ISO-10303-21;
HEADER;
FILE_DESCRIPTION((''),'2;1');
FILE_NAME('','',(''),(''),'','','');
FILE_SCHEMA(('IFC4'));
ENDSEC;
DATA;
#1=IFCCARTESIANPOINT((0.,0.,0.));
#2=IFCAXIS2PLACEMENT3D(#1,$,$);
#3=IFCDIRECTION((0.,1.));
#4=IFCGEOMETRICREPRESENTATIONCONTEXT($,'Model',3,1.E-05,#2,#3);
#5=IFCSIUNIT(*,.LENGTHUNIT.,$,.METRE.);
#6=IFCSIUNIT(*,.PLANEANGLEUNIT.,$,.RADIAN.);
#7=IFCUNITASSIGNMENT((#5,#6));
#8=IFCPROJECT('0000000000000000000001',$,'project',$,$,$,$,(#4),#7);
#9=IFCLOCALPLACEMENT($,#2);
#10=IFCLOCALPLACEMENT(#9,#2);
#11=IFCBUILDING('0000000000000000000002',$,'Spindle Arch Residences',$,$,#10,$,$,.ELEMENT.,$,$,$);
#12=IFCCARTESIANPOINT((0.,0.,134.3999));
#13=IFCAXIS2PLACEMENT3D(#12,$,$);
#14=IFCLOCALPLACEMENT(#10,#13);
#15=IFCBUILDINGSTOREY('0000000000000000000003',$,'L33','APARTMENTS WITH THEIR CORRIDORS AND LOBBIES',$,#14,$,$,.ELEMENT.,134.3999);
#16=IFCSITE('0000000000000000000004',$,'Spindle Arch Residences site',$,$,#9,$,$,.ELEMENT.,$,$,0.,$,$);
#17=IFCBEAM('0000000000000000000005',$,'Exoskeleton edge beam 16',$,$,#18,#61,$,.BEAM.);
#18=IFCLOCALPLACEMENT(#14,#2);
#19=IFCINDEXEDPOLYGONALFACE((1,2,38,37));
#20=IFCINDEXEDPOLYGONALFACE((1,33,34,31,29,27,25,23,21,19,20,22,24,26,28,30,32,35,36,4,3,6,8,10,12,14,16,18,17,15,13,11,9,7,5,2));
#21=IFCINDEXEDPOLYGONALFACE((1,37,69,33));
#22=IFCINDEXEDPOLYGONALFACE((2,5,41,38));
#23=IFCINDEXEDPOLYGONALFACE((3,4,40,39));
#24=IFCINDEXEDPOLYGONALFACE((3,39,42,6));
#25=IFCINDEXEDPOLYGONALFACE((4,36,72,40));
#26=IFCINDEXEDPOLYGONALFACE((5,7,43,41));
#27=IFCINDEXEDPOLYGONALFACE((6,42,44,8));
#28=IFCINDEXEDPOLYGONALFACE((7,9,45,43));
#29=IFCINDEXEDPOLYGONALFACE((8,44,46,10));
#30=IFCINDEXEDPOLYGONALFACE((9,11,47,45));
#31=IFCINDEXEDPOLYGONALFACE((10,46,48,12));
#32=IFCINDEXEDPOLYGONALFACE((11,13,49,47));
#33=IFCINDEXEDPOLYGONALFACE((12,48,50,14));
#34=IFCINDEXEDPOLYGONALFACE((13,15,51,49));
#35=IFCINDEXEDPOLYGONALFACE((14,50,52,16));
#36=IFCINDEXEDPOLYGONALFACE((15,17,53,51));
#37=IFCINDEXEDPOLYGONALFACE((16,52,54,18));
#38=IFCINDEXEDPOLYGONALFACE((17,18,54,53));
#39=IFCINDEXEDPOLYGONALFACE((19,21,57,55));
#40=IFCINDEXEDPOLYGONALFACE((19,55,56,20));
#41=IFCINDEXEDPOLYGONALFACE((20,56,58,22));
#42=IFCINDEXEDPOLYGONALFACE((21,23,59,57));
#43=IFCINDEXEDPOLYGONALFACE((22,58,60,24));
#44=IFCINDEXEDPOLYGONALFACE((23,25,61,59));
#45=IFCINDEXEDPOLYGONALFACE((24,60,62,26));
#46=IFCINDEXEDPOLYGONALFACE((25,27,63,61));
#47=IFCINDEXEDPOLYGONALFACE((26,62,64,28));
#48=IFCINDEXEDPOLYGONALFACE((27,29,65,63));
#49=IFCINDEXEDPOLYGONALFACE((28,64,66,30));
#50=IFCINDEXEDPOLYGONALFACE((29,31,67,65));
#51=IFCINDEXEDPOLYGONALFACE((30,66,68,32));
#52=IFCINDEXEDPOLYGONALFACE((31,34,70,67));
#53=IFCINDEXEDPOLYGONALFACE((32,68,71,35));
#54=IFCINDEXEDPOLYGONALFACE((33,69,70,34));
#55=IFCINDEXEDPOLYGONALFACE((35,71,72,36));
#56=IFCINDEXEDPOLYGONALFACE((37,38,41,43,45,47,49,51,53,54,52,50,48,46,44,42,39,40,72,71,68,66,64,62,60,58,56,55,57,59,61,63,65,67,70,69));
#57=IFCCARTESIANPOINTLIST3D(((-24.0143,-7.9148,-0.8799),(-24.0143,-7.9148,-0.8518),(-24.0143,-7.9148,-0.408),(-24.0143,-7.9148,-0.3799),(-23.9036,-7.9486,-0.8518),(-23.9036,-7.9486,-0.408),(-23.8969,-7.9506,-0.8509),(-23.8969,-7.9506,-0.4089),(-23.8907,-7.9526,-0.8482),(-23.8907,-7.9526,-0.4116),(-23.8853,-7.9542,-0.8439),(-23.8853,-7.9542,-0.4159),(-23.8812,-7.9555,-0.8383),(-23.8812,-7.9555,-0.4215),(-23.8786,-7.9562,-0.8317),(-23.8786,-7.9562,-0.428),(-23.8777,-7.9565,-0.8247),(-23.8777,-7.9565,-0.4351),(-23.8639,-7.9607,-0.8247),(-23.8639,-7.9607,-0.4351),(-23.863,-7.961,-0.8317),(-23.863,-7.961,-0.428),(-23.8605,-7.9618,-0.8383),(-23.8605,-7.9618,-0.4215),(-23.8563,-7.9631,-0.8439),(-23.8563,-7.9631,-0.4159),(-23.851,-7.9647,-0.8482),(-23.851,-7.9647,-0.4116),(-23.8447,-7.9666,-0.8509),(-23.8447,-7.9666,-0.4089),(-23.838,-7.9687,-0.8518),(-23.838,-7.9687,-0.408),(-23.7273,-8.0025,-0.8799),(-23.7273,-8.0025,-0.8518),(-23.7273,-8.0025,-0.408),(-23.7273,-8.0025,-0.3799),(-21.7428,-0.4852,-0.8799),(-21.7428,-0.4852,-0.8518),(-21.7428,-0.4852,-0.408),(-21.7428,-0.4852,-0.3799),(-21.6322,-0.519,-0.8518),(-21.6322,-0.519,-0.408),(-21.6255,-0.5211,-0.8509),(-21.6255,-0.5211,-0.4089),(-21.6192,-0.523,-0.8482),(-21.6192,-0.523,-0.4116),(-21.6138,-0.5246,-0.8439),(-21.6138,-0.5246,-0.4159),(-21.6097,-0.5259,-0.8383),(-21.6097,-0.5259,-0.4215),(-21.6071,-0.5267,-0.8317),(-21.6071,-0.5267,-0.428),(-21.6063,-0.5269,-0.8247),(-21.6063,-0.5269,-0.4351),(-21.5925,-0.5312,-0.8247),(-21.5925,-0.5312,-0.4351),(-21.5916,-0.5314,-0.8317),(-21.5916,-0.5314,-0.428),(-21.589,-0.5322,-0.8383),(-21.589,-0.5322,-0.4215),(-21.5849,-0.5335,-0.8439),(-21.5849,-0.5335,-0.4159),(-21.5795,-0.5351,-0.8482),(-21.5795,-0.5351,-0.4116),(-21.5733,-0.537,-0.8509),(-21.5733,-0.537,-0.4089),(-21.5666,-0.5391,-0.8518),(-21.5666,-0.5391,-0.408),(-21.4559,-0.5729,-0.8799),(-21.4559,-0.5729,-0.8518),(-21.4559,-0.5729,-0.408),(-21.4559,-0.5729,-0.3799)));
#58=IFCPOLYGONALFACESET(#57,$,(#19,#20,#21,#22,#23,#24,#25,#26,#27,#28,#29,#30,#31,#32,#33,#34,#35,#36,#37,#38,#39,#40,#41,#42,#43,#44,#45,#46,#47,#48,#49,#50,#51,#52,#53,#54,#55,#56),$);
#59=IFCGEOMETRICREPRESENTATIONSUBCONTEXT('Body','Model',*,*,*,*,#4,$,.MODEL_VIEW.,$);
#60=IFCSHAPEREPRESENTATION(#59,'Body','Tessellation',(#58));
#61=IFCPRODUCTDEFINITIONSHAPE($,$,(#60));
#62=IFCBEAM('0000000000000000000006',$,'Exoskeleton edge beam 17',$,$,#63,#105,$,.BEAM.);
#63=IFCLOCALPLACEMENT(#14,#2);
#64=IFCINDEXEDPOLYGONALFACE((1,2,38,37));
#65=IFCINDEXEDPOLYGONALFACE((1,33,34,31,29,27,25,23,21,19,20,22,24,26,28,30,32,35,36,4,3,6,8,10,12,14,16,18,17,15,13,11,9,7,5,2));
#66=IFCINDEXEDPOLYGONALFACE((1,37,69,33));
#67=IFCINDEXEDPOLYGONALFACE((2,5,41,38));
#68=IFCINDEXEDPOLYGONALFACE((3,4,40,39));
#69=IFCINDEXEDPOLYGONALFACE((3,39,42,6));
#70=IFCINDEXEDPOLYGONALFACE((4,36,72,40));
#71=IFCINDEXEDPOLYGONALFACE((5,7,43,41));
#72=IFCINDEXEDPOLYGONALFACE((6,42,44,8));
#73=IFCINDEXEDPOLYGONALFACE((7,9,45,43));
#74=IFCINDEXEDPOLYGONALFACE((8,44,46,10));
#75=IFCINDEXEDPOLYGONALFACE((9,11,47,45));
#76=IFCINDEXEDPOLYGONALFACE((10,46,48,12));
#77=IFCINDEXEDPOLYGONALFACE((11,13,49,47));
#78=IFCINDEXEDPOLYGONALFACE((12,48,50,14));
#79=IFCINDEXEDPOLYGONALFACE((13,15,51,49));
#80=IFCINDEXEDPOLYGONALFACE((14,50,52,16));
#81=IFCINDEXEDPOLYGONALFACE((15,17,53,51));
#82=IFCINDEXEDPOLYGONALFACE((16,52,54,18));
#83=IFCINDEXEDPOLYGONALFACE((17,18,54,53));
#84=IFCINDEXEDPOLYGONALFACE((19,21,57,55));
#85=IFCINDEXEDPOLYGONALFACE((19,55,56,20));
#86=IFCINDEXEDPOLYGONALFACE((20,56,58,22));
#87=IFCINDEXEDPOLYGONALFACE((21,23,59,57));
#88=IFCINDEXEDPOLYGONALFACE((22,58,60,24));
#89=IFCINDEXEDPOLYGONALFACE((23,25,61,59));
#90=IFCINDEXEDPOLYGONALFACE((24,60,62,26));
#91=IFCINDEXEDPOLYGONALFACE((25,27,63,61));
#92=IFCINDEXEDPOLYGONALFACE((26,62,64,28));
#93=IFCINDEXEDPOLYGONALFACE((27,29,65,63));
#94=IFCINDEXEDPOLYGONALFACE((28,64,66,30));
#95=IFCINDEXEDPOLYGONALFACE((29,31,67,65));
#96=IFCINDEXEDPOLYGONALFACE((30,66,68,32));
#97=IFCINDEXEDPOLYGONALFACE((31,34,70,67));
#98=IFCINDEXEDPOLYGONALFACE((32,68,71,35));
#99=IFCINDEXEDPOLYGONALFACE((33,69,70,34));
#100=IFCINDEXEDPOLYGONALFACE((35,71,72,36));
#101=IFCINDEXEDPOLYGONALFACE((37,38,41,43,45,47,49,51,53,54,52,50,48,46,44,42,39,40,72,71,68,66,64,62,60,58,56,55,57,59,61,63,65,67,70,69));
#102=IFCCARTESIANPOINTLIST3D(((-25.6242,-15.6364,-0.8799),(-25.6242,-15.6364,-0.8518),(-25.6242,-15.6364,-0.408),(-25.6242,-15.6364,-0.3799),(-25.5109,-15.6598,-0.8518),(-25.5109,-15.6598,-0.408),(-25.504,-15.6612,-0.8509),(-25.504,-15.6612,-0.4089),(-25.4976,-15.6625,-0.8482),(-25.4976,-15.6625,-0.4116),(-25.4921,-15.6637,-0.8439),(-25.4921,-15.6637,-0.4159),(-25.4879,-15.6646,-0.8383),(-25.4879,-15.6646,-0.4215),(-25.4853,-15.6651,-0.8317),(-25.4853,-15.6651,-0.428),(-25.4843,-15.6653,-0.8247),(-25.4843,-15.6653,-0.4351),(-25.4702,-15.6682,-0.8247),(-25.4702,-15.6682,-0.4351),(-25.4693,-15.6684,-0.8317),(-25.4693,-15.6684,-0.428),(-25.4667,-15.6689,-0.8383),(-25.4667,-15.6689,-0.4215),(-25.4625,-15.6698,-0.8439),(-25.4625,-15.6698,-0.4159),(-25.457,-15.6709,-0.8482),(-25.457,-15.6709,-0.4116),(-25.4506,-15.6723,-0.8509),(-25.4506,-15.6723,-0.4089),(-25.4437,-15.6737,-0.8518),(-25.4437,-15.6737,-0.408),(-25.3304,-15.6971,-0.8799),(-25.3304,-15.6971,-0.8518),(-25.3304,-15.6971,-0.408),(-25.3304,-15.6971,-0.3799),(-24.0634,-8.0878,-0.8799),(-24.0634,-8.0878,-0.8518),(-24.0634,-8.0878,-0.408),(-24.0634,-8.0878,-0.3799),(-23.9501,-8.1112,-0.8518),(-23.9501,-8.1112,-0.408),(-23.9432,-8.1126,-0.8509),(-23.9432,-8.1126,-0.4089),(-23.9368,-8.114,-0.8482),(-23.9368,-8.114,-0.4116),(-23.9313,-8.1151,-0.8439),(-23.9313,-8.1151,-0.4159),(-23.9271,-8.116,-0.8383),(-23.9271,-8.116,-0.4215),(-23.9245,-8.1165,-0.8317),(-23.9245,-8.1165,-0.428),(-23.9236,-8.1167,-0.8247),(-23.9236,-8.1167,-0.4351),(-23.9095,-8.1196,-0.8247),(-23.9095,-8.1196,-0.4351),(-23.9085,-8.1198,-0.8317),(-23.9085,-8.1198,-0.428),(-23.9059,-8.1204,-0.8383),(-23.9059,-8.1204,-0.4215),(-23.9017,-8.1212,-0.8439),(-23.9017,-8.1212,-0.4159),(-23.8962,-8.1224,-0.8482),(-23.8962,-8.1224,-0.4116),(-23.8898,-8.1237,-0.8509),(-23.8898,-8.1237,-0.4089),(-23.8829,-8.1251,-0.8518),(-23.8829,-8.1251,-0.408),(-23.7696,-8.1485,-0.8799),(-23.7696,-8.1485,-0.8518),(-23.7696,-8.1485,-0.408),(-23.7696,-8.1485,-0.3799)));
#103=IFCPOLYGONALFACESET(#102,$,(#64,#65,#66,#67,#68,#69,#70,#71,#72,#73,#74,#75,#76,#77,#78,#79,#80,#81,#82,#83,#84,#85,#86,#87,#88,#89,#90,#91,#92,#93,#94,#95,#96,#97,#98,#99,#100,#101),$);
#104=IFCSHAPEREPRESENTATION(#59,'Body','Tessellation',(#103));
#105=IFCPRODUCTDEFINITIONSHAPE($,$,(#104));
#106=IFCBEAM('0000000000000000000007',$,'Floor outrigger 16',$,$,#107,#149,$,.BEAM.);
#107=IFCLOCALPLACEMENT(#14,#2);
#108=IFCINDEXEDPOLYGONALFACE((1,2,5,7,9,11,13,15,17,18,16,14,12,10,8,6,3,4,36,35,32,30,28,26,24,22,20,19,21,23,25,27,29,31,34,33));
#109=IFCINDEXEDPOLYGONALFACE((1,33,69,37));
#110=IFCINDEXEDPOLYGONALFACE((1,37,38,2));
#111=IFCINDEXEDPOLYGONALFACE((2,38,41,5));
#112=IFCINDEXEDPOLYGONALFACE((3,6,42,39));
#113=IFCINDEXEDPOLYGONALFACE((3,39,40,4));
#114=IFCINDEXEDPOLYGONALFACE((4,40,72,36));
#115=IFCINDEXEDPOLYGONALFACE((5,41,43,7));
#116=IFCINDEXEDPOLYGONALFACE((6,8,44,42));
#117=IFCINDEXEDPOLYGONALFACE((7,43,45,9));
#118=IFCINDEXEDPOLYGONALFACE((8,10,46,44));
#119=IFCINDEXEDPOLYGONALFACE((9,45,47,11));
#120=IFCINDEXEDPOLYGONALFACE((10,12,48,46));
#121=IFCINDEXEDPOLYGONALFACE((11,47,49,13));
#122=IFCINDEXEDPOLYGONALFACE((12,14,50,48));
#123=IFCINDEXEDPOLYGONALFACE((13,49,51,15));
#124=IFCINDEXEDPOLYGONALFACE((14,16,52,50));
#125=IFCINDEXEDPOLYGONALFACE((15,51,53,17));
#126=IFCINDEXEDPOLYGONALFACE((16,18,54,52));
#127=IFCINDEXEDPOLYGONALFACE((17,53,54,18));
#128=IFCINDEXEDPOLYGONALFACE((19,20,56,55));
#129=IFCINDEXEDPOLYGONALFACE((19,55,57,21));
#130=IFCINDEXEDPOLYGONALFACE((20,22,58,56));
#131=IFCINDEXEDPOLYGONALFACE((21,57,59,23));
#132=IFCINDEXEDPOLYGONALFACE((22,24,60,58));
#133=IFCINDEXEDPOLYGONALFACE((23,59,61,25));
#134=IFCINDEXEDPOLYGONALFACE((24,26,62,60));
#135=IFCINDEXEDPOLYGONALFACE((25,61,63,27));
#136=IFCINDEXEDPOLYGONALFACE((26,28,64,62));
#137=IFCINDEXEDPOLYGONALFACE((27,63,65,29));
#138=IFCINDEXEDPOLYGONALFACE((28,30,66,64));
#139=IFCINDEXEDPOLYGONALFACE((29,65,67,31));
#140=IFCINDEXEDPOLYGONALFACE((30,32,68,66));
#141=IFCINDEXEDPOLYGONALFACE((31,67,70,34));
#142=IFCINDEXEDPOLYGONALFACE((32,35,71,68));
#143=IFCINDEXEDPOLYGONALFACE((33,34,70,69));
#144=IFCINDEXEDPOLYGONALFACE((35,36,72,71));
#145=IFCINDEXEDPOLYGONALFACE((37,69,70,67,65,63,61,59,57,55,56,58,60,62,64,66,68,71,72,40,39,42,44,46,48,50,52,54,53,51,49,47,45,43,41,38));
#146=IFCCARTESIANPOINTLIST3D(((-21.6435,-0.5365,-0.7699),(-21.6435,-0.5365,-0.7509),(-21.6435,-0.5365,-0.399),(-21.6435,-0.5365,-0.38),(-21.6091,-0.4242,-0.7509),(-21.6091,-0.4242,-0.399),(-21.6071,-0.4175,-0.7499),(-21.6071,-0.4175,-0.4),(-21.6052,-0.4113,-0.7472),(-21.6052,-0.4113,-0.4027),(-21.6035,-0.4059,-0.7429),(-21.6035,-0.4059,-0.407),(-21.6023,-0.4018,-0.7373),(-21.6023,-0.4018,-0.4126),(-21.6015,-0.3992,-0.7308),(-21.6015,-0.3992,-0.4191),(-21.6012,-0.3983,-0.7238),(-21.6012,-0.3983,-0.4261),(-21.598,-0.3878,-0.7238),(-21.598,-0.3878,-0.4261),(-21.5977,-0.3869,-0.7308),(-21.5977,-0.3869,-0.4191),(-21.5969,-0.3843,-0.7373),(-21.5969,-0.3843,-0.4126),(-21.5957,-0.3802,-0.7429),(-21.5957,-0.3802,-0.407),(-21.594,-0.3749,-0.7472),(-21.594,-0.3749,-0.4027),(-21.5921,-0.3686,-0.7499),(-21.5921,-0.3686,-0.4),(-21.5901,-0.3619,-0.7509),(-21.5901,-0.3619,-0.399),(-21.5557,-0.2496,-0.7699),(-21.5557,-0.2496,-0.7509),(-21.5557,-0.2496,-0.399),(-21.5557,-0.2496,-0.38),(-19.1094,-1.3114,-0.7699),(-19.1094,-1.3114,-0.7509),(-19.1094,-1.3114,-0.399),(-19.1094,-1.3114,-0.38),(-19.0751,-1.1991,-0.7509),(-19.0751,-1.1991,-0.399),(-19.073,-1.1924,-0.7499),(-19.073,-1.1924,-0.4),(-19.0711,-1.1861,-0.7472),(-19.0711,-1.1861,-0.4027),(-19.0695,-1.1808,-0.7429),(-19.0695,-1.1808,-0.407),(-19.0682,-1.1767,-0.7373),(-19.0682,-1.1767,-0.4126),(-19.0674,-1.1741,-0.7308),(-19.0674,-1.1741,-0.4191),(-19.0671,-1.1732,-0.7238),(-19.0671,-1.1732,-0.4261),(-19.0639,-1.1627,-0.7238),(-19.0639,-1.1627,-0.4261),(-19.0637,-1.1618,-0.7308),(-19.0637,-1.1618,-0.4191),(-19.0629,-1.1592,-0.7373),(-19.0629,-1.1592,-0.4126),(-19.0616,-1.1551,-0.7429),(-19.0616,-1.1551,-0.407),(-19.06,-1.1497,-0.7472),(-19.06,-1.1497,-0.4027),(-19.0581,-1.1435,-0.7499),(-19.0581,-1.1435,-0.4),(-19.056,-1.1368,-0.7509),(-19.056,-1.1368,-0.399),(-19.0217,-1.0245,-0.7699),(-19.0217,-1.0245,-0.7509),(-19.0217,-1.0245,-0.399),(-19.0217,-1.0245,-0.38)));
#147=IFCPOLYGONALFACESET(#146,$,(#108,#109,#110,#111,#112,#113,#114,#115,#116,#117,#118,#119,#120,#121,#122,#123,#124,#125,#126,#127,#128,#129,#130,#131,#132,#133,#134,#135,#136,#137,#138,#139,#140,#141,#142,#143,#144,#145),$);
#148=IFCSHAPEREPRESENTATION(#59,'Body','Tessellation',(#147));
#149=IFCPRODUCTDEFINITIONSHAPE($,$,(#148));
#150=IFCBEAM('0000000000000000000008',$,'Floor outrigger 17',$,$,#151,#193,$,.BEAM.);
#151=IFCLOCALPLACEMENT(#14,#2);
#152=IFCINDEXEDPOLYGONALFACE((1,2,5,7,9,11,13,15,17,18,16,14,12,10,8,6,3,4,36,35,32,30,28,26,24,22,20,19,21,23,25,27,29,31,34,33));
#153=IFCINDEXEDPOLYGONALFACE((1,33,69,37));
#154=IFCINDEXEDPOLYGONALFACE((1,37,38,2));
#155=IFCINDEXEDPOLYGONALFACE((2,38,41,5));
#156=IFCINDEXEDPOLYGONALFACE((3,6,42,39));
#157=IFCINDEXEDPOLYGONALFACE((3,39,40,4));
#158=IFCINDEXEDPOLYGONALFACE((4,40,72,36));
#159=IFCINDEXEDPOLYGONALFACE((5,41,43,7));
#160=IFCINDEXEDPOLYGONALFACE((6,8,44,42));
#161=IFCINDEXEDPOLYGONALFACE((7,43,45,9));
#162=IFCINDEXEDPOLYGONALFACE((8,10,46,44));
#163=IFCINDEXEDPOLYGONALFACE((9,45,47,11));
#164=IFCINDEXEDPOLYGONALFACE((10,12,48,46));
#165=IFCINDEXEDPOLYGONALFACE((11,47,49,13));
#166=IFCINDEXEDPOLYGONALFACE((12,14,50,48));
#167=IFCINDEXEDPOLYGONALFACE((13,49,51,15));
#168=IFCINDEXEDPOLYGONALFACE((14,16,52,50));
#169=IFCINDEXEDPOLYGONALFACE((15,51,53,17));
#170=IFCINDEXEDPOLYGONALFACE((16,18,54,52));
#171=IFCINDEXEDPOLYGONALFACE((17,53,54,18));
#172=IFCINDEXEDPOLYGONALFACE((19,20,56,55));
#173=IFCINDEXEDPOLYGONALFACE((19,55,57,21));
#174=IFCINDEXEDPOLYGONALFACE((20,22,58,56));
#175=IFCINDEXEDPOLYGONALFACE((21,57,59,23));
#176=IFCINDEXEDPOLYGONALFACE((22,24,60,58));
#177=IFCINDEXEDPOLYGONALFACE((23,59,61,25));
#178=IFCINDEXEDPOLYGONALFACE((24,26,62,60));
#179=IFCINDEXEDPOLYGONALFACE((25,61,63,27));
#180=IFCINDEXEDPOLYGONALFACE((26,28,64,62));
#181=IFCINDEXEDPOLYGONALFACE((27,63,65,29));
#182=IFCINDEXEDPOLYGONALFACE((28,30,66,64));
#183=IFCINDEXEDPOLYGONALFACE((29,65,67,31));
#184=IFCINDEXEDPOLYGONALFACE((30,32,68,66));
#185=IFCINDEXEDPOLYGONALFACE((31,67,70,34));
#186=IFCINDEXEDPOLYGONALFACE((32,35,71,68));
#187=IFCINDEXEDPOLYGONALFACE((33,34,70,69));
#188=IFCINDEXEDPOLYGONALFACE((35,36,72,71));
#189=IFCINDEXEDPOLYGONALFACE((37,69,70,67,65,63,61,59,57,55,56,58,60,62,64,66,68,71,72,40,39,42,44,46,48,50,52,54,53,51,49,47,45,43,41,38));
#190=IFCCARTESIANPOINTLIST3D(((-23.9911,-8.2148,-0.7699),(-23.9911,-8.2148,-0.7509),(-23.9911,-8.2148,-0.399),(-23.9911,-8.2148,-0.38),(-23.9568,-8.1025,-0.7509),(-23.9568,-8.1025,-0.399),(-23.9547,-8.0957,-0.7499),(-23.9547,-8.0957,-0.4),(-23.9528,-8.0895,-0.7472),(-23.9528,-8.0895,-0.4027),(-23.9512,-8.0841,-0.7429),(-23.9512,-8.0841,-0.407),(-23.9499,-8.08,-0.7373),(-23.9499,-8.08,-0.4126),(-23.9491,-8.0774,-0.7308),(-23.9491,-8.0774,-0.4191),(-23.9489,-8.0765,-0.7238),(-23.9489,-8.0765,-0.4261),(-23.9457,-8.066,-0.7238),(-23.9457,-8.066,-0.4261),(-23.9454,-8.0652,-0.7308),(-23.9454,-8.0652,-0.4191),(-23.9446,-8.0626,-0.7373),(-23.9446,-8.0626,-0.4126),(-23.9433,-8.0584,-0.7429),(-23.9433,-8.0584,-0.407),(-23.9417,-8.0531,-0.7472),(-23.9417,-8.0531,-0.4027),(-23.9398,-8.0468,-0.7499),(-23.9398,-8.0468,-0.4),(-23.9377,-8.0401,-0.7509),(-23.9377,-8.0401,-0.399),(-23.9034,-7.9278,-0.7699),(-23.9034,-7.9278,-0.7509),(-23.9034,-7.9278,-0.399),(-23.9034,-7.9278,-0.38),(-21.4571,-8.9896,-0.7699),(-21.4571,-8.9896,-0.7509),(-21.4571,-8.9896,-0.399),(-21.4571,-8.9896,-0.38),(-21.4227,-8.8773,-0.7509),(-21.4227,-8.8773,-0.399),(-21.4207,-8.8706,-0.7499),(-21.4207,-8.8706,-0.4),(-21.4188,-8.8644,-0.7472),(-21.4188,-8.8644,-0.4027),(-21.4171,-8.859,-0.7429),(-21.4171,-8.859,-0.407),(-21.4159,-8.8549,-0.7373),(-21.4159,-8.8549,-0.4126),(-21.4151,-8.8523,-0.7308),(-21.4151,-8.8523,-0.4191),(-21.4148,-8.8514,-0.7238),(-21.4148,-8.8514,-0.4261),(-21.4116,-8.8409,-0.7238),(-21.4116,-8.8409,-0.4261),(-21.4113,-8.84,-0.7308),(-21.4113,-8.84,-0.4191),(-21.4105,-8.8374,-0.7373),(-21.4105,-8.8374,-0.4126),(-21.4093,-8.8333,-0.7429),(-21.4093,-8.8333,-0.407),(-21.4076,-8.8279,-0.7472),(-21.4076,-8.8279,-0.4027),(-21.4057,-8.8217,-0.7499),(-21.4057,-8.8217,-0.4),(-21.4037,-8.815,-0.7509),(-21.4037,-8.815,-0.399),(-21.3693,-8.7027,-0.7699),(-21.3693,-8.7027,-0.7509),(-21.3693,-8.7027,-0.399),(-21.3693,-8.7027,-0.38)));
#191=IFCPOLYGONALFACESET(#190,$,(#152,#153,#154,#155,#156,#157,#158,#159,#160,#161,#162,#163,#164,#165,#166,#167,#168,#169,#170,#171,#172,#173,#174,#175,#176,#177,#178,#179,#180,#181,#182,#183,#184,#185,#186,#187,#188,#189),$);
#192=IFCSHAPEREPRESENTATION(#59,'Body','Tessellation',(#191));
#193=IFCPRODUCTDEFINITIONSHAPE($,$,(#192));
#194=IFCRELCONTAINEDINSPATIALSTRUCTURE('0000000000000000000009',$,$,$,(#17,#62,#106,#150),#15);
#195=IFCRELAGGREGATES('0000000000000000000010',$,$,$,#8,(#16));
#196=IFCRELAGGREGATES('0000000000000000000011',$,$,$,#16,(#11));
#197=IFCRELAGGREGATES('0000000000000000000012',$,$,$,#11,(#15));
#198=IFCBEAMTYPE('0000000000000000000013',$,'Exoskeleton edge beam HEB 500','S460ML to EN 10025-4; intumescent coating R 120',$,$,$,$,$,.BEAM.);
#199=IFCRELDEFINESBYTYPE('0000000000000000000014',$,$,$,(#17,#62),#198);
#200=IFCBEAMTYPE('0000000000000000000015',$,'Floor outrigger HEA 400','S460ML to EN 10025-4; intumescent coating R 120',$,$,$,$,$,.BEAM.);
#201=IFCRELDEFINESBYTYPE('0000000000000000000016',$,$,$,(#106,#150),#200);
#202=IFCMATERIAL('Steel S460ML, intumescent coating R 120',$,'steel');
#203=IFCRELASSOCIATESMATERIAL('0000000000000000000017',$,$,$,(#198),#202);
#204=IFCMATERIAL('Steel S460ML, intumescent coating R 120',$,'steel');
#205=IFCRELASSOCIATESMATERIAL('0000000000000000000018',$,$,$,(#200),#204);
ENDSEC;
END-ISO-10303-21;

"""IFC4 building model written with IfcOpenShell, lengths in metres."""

from ifc_helpers import new_model, si_unit, direction, frame, origin, origin_2d, place, context, subcontext, project, spatial, i_section, extrude, material, material_profile, profile_set, type_object, element, save


model = new_model("IFC4")

# Units and contexts
model_context = context("Model", 3, precision=1e-05, world=origin(), true_north=direction((0.0, 1.0)))
body_context = subcontext(model_context, "Body", "Model", "MODEL_VIEW")
ifc_project = project(units=[si_unit("LENGTHUNIT", "METRE"), si_unit("PLANEANGLEUNIT", "RADIAN")], contexts=[model_context])

# Site, building, storey
site_placement = place(None, origin())
site = spatial("IfcSite", under=ifc_project, at=site_placement, Name="Spindle Arch Residences site", CompositionType="ELEMENT", RefElevation=0.0)
building_placement = place(site_placement, origin())
building = spatial("IfcBuilding", under=site, at=building_placement, Name="Spindle Arch Residences", CompositionType="ELEMENT")
storey_placement = place(building_placement, frame((0.0, 0.0, 134.3999)))
storey = spatial("IfcBuildingStorey", under=building, at=storey_placement, Name="L33", Description="APARTMENTS WITH THEIR CORRIDORS AND LOBBIES", CompositionType="ELEMENT", Elevation=134.3999)

# Beams
ifc_material_1 = material(Name="Steel S460ML, intumescent coating R 120", Category="steel")
ifc_material_profile_1 = material_profile(ifc_material_1, i_section(OverallWidth=0.3, OverallDepth=0.5, WebThickness=0.0144, FlangeThickness=0.0281, FilletRadius=0.0271, at=origin_2d()), Name="HEB 500")
ifc_profile_set_1 = profile_set([ifc_material_profile_1], Name="Steel S460ML, intumescent coating R 120")
beam_type_1 = type_object("IfcBeamType", Name="Exoskeleton edge beam HEB 500", Description="S460ML to EN 10025-4; intumescent coating R 120", PredefinedType="BEAM", material=ifc_profile_set_1)
beam_1_placement = place(storey_placement, frame((-21.5994, -0.5291, -0.6299), z_axis=(-0.292372, -0.956305, 0.0), x_axis=(0.956305, -0.292372, 0.0)))
element("IfcBeam", 1, at=beam_1_placement, inside=storey, type_object=beam_type_1, Name="Exoskeleton edge beam 16", PredefinedType="BEAM", context=body_context, shape_type="SweptSolid", body=[
    extrude(i_section(OverallWidth=0.3, OverallDepth=0.5, WebThickness=0.0144, FlangeThickness=0.0281, FilletRadius=0.0271, at=origin_2d()), origin(), (0.0, 0.0, 1.0), 7.769),
])
beam_2_placement = place(storey_placement, frame((-23.9165, -8.1182, -0.6299), z_axis=(-0.202483, -0.979286, 0.0), x_axis=(0.979286, -0.202483, 0.0)))
element("IfcBeam", 2, at=beam_2_placement, inside=storey, type_object=beam_type_1, Name="Exoskeleton edge beam 17", PredefinedType="BEAM", context=body_context, shape_type="SweptSolid", body=[
    extrude(i_section(OverallWidth=0.3, OverallDepth=0.5, WebThickness=0.0144, FlangeThickness=0.0281, FilletRadius=0.0271, at=origin_2d()), origin(), (0.0, 0.0, 1.0), 7.7083),
])
ifc_material_2 = material(Name="Steel S460ML, intumescent coating R 120", Category="steel")
ifc_material_profile_2 = material_profile(ifc_material_2, i_section(OverallWidth=0.3, OverallDepth=0.3899, WebThickness=0.011, FlangeThickness=0.019, FilletRadius=0.0271, at=origin_2d()), Name="HEA 400")
ifc_profile_set_2 = profile_set([ifc_material_profile_2], Name="Steel S460ML, intumescent coating R 120")
beam_type_2 = type_object("IfcBeamType", Name="Floor outrigger HEA 400", Description="S460ML to EN 10025-4; intumescent coating R 120", PredefinedType="BEAM", material=ifc_profile_set_2)
for number, where, z_axis, x_axis, name in (
    (3, (-21.5996, -0.3931, -0.575), (0.956291, -0.292415, 0.0), (0.292415, 0.956291, 0.0), "Floor outrigger 16"),
    (4, (-23.9473, -8.0713, -0.575), (0.956291, -0.292415, 0.0), (0.292415, 0.956291, 0.0), "Floor outrigger 17"),
):
    element("IfcBeam", number, at=place(storey_placement, frame(where, z_axis=z_axis, x_axis=x_axis)), inside=storey, type_object=beam_type_2, Name=name, PredefinedType="BEAM", context=body_context, shape_type="SweptSolid", body=[
        extrude(i_section(OverallWidth=0.3, OverallDepth=0.3899, WebThickness=0.011, FlangeThickness=0.019, FilletRadius=0.0271, at=origin_2d()), origin(), (0.0, 0.0, 1.0), 2.6499),
    ])

save(model, "model.ifc")
